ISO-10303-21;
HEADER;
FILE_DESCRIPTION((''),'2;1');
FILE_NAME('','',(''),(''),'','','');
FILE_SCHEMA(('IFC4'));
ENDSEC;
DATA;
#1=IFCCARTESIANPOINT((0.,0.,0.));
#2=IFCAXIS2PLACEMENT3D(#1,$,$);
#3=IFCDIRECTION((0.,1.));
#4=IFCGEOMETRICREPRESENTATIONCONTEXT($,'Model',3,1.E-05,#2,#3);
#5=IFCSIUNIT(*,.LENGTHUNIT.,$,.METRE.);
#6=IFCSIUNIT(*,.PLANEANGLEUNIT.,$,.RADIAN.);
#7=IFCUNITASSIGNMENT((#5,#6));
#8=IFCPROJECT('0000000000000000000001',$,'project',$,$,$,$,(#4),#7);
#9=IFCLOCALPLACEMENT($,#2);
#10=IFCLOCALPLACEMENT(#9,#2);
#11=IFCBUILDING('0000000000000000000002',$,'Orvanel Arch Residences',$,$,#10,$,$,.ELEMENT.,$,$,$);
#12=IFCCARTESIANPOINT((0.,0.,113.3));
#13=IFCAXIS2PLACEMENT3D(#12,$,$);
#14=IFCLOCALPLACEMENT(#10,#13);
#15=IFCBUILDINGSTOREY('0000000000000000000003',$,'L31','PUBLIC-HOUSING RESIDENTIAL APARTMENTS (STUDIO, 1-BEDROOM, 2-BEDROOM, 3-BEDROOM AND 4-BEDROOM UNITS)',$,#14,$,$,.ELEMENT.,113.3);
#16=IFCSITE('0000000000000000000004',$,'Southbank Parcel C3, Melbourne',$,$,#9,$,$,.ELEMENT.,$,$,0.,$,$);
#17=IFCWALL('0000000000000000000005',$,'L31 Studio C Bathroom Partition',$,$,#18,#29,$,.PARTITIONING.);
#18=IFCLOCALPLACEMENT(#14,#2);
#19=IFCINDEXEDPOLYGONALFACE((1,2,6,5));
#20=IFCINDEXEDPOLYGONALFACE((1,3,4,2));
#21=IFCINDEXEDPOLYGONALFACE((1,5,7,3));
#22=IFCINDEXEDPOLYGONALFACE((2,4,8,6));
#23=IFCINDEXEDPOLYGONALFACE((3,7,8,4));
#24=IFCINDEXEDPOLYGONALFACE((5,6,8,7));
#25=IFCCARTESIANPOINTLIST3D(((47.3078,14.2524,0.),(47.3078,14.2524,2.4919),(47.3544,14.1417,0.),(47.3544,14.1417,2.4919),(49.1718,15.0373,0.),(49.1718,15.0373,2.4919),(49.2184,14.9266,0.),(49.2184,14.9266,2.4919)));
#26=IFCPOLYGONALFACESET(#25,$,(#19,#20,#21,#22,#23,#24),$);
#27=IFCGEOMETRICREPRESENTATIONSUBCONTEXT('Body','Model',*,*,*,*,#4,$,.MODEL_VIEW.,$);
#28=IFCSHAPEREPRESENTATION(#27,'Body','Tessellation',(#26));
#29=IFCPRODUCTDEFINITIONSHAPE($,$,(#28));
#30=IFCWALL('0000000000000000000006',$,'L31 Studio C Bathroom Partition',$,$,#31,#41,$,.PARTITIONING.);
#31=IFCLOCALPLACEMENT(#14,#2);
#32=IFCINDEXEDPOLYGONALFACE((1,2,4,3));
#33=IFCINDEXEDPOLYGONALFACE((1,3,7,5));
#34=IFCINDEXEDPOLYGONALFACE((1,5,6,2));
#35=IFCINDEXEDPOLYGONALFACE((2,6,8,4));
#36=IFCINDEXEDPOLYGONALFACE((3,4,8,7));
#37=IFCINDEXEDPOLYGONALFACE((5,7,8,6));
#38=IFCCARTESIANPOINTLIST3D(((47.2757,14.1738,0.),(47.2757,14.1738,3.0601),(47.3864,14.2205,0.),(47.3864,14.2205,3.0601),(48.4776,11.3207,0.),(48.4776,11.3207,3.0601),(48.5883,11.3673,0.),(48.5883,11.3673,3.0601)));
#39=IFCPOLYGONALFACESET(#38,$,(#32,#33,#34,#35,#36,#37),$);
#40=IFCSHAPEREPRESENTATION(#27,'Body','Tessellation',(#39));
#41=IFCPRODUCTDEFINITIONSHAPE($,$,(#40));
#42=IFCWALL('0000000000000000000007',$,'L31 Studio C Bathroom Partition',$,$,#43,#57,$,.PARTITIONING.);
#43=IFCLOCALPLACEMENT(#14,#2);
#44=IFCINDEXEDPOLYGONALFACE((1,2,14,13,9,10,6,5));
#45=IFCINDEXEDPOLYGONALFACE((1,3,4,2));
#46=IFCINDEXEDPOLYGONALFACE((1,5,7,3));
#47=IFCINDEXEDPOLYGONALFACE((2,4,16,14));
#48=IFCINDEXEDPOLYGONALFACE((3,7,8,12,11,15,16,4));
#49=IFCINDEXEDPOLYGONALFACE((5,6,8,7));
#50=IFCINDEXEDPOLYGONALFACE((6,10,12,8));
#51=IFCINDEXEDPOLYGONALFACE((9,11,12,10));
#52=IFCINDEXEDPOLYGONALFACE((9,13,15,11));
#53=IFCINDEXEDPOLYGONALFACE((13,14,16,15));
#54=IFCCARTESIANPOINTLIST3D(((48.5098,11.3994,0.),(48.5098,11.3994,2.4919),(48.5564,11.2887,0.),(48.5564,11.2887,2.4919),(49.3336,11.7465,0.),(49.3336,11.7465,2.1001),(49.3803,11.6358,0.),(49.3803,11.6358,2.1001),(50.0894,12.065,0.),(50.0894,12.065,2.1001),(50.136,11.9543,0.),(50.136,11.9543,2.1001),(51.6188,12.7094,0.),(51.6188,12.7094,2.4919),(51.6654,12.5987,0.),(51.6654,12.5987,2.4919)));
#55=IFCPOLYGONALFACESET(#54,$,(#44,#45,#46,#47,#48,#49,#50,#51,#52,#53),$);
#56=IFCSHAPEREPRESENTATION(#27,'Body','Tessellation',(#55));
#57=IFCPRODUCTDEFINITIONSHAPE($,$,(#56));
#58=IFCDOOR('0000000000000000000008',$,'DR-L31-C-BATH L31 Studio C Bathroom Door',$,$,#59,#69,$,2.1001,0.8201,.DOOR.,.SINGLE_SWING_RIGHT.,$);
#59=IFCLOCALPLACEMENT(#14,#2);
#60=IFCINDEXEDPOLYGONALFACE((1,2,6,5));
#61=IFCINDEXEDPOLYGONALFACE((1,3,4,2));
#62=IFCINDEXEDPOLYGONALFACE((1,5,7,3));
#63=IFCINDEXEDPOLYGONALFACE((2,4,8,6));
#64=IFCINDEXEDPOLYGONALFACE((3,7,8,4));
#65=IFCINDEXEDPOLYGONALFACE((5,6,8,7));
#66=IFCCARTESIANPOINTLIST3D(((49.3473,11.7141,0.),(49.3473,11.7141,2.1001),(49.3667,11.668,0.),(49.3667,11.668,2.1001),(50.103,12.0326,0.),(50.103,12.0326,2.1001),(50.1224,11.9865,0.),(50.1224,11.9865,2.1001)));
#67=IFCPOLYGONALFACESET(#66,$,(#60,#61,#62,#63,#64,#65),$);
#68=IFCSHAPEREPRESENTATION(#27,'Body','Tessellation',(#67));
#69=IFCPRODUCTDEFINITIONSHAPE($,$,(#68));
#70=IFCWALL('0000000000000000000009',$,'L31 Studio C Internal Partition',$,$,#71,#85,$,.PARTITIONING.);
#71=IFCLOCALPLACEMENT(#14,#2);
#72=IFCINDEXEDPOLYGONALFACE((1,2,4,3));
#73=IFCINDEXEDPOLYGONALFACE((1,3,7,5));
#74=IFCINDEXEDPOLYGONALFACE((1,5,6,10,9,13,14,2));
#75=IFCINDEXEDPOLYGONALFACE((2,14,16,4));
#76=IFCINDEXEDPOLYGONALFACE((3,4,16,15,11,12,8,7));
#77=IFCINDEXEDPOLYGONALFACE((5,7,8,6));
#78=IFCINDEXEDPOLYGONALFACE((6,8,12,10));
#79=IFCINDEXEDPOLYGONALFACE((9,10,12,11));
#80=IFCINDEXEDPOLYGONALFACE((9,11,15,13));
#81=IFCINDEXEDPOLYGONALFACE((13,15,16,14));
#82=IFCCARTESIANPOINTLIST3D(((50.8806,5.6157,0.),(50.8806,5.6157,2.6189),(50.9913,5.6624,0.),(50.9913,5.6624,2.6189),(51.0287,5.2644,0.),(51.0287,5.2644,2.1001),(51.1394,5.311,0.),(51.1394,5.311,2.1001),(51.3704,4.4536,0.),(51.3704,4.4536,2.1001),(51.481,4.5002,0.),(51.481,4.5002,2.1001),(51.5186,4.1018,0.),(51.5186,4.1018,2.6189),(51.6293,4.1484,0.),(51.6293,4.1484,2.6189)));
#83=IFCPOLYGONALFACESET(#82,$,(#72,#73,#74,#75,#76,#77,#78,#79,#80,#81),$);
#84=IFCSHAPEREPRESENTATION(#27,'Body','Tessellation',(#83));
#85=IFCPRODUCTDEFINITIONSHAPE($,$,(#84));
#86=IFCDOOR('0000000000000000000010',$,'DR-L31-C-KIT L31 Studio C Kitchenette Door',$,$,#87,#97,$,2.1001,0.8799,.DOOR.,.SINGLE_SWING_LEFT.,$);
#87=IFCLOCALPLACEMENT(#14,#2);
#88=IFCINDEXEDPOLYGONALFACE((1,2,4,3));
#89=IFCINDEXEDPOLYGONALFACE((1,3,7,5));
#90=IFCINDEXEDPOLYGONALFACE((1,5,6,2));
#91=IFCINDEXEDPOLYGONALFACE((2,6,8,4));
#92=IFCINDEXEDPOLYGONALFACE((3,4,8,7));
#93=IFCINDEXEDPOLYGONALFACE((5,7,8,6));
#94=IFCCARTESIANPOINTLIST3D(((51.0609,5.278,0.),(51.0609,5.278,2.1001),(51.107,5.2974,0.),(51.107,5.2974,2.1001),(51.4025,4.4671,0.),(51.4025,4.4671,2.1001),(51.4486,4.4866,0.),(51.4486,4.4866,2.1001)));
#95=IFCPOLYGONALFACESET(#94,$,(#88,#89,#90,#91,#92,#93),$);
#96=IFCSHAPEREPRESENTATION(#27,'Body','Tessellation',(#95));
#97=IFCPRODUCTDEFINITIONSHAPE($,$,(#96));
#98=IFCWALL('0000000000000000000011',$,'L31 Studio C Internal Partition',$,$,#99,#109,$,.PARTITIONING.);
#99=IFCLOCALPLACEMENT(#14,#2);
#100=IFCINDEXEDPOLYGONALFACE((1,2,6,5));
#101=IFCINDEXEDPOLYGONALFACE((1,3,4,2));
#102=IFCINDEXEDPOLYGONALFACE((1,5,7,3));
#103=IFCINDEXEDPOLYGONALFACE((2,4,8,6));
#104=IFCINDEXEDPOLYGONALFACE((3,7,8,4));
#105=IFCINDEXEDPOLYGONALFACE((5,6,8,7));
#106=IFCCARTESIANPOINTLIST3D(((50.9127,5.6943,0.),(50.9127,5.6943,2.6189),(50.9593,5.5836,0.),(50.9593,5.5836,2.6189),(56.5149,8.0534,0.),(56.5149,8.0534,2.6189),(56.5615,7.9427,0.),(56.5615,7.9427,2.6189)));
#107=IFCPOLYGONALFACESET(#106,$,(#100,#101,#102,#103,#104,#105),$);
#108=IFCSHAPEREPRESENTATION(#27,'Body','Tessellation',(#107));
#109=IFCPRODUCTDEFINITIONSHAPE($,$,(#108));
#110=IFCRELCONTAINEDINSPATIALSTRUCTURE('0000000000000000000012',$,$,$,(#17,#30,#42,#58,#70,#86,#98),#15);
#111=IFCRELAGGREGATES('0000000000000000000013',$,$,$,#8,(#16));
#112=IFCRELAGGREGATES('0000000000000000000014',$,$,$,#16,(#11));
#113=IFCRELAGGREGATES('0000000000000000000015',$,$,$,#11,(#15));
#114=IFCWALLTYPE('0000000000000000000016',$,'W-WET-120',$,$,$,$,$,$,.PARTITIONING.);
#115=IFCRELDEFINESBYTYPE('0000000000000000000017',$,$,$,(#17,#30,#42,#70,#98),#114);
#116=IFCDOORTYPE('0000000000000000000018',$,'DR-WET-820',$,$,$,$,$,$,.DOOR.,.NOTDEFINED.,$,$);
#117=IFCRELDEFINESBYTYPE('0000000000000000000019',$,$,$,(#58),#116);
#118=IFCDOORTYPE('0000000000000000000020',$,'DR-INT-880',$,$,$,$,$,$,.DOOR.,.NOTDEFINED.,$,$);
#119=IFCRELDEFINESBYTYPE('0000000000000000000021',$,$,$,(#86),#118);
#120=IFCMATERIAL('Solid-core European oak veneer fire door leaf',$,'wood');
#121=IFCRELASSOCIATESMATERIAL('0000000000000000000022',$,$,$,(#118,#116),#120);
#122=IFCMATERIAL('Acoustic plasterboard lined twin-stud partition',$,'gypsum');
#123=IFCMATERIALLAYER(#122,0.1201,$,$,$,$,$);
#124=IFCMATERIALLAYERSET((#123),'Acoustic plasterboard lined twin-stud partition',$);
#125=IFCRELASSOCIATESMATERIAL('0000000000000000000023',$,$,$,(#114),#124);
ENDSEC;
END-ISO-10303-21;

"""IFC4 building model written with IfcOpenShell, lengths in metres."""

from ifc_helpers import new_model, si_unit, direction, frame, frame_2d, origin, place, context, subcontext, project, spatial, rectangle, extrude, material, layer, layer_set, type_object, element, fill, save


model = new_model("IFC4")

# Units and contexts
model_context = context("Model", 3, precision=1e-05, world=origin(), true_north=direction((0.0, 1.0)))
body_context = subcontext(model_context, "Body", "Model", "MODEL_VIEW")
ifc_project = project(units=[si_unit("LENGTHUNIT", "METRE"), si_unit("PLANEANGLEUNIT", "RADIAN")], contexts=[model_context])

# Site, building, storey
site_placement = place(None, origin())
site = spatial("IfcSite", under=ifc_project, at=site_placement, Name="Southbank Parcel C3, Melbourne", CompositionType="ELEMENT", RefElevation=0.0)
building_placement = place(site_placement, origin())
building = spatial("IfcBuilding", under=site, at=building_placement, Name="Orvanel Arch Residences", CompositionType="ELEMENT")
storey_placement = place(building_placement, frame((0.0, 0.0, 113.3)))
storey = spatial("IfcBuildingStorey", under=building, at=storey_placement, Name="L31", Description="PUBLIC-HOUSING RESIDENTIAL APARTMENTS (STUDIO, 1-BEDROOM, 2-BEDROOM, 3-BEDROOM AND 4-BEDROOM UNITS)", CompositionType="ELEMENT", Elevation=113.3)

# Shared definitions
ifc_material_1 = material(Name="Acoustic plasterboard lined twin-stud partition", Category="gypsum")
ifc_material_2 = material(Name="Solid-core European oak veneer fire door leaf", Category="wood")
door_type_1 = type_object("IfcDoorType", Name="DR-INT-880", OperationType="NOTDEFINED", PredefinedType="DOOR", material=ifc_material_2)

# Shared definitions
ifc_layer_1 = layer(ifc_material_1, 0.1201)
ifc_layer_set_1 = layer_set([ifc_layer_1], Name="Acoustic plasterboard lined twin-stud partition")
wall_type_1 = type_object("IfcWallType", Name="W-WET-120", PredefinedType="PARTITIONING", material=ifc_layer_set_1)
door_type_2 = type_object("IfcDoorType", Name="DR-WET-820", OperationType="NOTDEFINED", PredefinedType="DOOR", material=ifc_material_2)

# Walls
wall_1_placement = place(storey_placement, frame((49.1951, 14.9819, 0.0), z_axis=(0.0, 0.0, 1.0), x_axis=(-0.921624, -0.388084, 0.0)))
element("IfcWall", 1, at=wall_1_placement, inside=storey, type_object=wall_type_1, Name="L31 Studio C Bathroom Partition", PredefinedType="PARTITIONING", context=body_context, shape_type="SweptSolid", body=[
    extrude(rectangle(XDim=2.0225, YDim=0.1201, at=frame_2d((1.0112, 0.0))), origin(), (0.0, 0.0, 1.0), 2.4919),
])
wall_2_placement = place(storey_placement, frame((47.3311, 14.197, 0.0), z_axis=(0.0, 0.0, 1.0), x_axis=(0.38823, -0.921563, 0.0)))
element("IfcWall", 2, at=wall_2_placement, inside=storey, type_object=wall_type_1, Name="L31 Studio C Bathroom Partition", PredefinedType="PARTITIONING", context=body_context, shape_type="SweptSolid", body=[
    extrude(rectangle(XDim=3.0959, YDim=0.1201, at=frame_2d((1.5479, 0.0))), origin(), (0.0, 0.0, 1.0), 3.0601),
])

# Walls, openings, doors
wall_3_placement = place(storey_placement, frame((48.533, 11.344, 0.0), z_axis=(0.0, 0.0, 1.0), x_axis=(0.921535, 0.388296, 0.0)))
wall_3 = element("IfcWall", 3, at=wall_3_placement, inside=storey, type_object=wall_type_1, Name="L31 Studio C Bathroom Partition", PredefinedType="PARTITIONING", context=body_context, shape_type="SweptSolid", body=[
    extrude(rectangle(XDim=3.3738, YDim=0.1201, at=frame_2d((1.687, 0.0))), origin(), (0.0, 0.0, 1.0), 2.4919),
])
opening_1_placement = place(wall_3_placement, frame((0.894, 0.0, 0.0)))
opening_1 = element("IfcOpeningElement", 4, at=opening_1_placement, cuts=wall_3, PredefinedType="OPENING", context=body_context, shape_type="SweptSolid", body=[
    extrude(rectangle(XDim=0.8201, YDim=2.1001, at=frame_2d((0.4102, 1.05))), frame((0.0, 0.0701, 0.0), z_axis=(0.0, -1.0, 0.0), x_axis=(1.0, 0.0, 0.0)), (0.0, 0.0, 1.0), 0.1401),
])
door_1_placement = place(opening_1_placement, origin())
door_1 = element("IfcDoor", 5, at=door_1_placement, inside=storey, type_object=door_type_2, Name="DR-L31-C-BATH L31 Studio C Bathroom Door", OperationType="SINGLE_SWING_RIGHT", OverallHeight=2.1001, OverallWidth=0.8201, PredefinedType="DOOR", context=body_context, shape_type="SweptSolid", body=[
    extrude(rectangle(XDim=0.8201, YDim=2.1001, at=frame_2d((0.4102, 1.05))), frame((0.0, 0.0249, 0.0), z_axis=(0.0, -1.0, 0.0), x_axis=(1.0, 0.0, 0.0)), (0.0, 0.0, 1.0), 0.05),
])
fill(opening_1, door_1)
wall_4_placement = place(storey_placement, frame((50.936, 5.6389, 0.0), z_axis=(0.0, 0.0, 1.0), x_axis=(0.388316, -0.921526, 0.0)))
wall_4 = element("IfcWall", 6, at=wall_4_placement, inside=storey, type_object=wall_type_1, Name="L31 Studio C Internal Partition", PredefinedType="PARTITIONING", context=body_context, shape_type="SweptSolid", body=[
    extrude(rectangle(XDim=1.6428, YDim=0.1201, at=frame_2d((0.8213, 0.0))), origin(), (0.0, 0.0, 1.0), 2.6189),
])
opening_2_placement = place(wall_4_placement, frame((0.3811, 0.0, 0.0)))
opening_2 = element("IfcOpeningElement", 7, at=opening_2_placement, cuts=wall_4, PredefinedType="OPENING", context=body_context, shape_type="SweptSolid", body=[
    extrude(rectangle(XDim=0.8799, YDim=2.1001, at=frame_2d((0.4399, 1.05))), frame((0.0, 0.0701, 0.0), z_axis=(0.0, -1.0, 0.0), x_axis=(1.0, 0.0, 0.0)), (0.0, 0.0, 1.0), 0.1401),
])
door_2_placement = place(opening_2_placement, origin())
door_2 = element("IfcDoor", 8, at=door_2_placement, inside=storey, type_object=door_type_1, Name="DR-L31-C-KIT L31 Studio C Kitchenette Door", OperationType="SINGLE_SWING_LEFT", OverallHeight=2.1001, OverallWidth=0.8799, PredefinedType="DOOR", context=body_context, shape_type="SweptSolid", body=[
    extrude(rectangle(XDim=0.8799, YDim=2.1001, at=frame_2d((0.4399, 1.05))), frame((0.0, 0.0249, 0.0), z_axis=(0.0, -1.0, 0.0), x_axis=(1.0, 0.0, 0.0)), (0.0, 0.0, 1.0), 0.05),
])
fill(opening_2, door_2)

# Wall
wall_5_placement = place(storey_placement, frame((50.936, 5.6389, 0.0), z_axis=(0.0, 0.0, 1.0), x_axis=(0.921613, 0.388109, 0.0)))
element("IfcWall", 9, at=wall_5_placement, inside=storey, type_object=wall_type_1, Name="L31 Studio C Internal Partition", PredefinedType="PARTITIONING", context=body_context, shape_type="SweptSolid", body=[
    extrude(rectangle(XDim=6.0786, YDim=0.1201, at=frame_2d((3.0393, 0.0))), origin(), (0.0, 0.0, 1.0), 2.6189),
])

save(model, "model.ifc")
